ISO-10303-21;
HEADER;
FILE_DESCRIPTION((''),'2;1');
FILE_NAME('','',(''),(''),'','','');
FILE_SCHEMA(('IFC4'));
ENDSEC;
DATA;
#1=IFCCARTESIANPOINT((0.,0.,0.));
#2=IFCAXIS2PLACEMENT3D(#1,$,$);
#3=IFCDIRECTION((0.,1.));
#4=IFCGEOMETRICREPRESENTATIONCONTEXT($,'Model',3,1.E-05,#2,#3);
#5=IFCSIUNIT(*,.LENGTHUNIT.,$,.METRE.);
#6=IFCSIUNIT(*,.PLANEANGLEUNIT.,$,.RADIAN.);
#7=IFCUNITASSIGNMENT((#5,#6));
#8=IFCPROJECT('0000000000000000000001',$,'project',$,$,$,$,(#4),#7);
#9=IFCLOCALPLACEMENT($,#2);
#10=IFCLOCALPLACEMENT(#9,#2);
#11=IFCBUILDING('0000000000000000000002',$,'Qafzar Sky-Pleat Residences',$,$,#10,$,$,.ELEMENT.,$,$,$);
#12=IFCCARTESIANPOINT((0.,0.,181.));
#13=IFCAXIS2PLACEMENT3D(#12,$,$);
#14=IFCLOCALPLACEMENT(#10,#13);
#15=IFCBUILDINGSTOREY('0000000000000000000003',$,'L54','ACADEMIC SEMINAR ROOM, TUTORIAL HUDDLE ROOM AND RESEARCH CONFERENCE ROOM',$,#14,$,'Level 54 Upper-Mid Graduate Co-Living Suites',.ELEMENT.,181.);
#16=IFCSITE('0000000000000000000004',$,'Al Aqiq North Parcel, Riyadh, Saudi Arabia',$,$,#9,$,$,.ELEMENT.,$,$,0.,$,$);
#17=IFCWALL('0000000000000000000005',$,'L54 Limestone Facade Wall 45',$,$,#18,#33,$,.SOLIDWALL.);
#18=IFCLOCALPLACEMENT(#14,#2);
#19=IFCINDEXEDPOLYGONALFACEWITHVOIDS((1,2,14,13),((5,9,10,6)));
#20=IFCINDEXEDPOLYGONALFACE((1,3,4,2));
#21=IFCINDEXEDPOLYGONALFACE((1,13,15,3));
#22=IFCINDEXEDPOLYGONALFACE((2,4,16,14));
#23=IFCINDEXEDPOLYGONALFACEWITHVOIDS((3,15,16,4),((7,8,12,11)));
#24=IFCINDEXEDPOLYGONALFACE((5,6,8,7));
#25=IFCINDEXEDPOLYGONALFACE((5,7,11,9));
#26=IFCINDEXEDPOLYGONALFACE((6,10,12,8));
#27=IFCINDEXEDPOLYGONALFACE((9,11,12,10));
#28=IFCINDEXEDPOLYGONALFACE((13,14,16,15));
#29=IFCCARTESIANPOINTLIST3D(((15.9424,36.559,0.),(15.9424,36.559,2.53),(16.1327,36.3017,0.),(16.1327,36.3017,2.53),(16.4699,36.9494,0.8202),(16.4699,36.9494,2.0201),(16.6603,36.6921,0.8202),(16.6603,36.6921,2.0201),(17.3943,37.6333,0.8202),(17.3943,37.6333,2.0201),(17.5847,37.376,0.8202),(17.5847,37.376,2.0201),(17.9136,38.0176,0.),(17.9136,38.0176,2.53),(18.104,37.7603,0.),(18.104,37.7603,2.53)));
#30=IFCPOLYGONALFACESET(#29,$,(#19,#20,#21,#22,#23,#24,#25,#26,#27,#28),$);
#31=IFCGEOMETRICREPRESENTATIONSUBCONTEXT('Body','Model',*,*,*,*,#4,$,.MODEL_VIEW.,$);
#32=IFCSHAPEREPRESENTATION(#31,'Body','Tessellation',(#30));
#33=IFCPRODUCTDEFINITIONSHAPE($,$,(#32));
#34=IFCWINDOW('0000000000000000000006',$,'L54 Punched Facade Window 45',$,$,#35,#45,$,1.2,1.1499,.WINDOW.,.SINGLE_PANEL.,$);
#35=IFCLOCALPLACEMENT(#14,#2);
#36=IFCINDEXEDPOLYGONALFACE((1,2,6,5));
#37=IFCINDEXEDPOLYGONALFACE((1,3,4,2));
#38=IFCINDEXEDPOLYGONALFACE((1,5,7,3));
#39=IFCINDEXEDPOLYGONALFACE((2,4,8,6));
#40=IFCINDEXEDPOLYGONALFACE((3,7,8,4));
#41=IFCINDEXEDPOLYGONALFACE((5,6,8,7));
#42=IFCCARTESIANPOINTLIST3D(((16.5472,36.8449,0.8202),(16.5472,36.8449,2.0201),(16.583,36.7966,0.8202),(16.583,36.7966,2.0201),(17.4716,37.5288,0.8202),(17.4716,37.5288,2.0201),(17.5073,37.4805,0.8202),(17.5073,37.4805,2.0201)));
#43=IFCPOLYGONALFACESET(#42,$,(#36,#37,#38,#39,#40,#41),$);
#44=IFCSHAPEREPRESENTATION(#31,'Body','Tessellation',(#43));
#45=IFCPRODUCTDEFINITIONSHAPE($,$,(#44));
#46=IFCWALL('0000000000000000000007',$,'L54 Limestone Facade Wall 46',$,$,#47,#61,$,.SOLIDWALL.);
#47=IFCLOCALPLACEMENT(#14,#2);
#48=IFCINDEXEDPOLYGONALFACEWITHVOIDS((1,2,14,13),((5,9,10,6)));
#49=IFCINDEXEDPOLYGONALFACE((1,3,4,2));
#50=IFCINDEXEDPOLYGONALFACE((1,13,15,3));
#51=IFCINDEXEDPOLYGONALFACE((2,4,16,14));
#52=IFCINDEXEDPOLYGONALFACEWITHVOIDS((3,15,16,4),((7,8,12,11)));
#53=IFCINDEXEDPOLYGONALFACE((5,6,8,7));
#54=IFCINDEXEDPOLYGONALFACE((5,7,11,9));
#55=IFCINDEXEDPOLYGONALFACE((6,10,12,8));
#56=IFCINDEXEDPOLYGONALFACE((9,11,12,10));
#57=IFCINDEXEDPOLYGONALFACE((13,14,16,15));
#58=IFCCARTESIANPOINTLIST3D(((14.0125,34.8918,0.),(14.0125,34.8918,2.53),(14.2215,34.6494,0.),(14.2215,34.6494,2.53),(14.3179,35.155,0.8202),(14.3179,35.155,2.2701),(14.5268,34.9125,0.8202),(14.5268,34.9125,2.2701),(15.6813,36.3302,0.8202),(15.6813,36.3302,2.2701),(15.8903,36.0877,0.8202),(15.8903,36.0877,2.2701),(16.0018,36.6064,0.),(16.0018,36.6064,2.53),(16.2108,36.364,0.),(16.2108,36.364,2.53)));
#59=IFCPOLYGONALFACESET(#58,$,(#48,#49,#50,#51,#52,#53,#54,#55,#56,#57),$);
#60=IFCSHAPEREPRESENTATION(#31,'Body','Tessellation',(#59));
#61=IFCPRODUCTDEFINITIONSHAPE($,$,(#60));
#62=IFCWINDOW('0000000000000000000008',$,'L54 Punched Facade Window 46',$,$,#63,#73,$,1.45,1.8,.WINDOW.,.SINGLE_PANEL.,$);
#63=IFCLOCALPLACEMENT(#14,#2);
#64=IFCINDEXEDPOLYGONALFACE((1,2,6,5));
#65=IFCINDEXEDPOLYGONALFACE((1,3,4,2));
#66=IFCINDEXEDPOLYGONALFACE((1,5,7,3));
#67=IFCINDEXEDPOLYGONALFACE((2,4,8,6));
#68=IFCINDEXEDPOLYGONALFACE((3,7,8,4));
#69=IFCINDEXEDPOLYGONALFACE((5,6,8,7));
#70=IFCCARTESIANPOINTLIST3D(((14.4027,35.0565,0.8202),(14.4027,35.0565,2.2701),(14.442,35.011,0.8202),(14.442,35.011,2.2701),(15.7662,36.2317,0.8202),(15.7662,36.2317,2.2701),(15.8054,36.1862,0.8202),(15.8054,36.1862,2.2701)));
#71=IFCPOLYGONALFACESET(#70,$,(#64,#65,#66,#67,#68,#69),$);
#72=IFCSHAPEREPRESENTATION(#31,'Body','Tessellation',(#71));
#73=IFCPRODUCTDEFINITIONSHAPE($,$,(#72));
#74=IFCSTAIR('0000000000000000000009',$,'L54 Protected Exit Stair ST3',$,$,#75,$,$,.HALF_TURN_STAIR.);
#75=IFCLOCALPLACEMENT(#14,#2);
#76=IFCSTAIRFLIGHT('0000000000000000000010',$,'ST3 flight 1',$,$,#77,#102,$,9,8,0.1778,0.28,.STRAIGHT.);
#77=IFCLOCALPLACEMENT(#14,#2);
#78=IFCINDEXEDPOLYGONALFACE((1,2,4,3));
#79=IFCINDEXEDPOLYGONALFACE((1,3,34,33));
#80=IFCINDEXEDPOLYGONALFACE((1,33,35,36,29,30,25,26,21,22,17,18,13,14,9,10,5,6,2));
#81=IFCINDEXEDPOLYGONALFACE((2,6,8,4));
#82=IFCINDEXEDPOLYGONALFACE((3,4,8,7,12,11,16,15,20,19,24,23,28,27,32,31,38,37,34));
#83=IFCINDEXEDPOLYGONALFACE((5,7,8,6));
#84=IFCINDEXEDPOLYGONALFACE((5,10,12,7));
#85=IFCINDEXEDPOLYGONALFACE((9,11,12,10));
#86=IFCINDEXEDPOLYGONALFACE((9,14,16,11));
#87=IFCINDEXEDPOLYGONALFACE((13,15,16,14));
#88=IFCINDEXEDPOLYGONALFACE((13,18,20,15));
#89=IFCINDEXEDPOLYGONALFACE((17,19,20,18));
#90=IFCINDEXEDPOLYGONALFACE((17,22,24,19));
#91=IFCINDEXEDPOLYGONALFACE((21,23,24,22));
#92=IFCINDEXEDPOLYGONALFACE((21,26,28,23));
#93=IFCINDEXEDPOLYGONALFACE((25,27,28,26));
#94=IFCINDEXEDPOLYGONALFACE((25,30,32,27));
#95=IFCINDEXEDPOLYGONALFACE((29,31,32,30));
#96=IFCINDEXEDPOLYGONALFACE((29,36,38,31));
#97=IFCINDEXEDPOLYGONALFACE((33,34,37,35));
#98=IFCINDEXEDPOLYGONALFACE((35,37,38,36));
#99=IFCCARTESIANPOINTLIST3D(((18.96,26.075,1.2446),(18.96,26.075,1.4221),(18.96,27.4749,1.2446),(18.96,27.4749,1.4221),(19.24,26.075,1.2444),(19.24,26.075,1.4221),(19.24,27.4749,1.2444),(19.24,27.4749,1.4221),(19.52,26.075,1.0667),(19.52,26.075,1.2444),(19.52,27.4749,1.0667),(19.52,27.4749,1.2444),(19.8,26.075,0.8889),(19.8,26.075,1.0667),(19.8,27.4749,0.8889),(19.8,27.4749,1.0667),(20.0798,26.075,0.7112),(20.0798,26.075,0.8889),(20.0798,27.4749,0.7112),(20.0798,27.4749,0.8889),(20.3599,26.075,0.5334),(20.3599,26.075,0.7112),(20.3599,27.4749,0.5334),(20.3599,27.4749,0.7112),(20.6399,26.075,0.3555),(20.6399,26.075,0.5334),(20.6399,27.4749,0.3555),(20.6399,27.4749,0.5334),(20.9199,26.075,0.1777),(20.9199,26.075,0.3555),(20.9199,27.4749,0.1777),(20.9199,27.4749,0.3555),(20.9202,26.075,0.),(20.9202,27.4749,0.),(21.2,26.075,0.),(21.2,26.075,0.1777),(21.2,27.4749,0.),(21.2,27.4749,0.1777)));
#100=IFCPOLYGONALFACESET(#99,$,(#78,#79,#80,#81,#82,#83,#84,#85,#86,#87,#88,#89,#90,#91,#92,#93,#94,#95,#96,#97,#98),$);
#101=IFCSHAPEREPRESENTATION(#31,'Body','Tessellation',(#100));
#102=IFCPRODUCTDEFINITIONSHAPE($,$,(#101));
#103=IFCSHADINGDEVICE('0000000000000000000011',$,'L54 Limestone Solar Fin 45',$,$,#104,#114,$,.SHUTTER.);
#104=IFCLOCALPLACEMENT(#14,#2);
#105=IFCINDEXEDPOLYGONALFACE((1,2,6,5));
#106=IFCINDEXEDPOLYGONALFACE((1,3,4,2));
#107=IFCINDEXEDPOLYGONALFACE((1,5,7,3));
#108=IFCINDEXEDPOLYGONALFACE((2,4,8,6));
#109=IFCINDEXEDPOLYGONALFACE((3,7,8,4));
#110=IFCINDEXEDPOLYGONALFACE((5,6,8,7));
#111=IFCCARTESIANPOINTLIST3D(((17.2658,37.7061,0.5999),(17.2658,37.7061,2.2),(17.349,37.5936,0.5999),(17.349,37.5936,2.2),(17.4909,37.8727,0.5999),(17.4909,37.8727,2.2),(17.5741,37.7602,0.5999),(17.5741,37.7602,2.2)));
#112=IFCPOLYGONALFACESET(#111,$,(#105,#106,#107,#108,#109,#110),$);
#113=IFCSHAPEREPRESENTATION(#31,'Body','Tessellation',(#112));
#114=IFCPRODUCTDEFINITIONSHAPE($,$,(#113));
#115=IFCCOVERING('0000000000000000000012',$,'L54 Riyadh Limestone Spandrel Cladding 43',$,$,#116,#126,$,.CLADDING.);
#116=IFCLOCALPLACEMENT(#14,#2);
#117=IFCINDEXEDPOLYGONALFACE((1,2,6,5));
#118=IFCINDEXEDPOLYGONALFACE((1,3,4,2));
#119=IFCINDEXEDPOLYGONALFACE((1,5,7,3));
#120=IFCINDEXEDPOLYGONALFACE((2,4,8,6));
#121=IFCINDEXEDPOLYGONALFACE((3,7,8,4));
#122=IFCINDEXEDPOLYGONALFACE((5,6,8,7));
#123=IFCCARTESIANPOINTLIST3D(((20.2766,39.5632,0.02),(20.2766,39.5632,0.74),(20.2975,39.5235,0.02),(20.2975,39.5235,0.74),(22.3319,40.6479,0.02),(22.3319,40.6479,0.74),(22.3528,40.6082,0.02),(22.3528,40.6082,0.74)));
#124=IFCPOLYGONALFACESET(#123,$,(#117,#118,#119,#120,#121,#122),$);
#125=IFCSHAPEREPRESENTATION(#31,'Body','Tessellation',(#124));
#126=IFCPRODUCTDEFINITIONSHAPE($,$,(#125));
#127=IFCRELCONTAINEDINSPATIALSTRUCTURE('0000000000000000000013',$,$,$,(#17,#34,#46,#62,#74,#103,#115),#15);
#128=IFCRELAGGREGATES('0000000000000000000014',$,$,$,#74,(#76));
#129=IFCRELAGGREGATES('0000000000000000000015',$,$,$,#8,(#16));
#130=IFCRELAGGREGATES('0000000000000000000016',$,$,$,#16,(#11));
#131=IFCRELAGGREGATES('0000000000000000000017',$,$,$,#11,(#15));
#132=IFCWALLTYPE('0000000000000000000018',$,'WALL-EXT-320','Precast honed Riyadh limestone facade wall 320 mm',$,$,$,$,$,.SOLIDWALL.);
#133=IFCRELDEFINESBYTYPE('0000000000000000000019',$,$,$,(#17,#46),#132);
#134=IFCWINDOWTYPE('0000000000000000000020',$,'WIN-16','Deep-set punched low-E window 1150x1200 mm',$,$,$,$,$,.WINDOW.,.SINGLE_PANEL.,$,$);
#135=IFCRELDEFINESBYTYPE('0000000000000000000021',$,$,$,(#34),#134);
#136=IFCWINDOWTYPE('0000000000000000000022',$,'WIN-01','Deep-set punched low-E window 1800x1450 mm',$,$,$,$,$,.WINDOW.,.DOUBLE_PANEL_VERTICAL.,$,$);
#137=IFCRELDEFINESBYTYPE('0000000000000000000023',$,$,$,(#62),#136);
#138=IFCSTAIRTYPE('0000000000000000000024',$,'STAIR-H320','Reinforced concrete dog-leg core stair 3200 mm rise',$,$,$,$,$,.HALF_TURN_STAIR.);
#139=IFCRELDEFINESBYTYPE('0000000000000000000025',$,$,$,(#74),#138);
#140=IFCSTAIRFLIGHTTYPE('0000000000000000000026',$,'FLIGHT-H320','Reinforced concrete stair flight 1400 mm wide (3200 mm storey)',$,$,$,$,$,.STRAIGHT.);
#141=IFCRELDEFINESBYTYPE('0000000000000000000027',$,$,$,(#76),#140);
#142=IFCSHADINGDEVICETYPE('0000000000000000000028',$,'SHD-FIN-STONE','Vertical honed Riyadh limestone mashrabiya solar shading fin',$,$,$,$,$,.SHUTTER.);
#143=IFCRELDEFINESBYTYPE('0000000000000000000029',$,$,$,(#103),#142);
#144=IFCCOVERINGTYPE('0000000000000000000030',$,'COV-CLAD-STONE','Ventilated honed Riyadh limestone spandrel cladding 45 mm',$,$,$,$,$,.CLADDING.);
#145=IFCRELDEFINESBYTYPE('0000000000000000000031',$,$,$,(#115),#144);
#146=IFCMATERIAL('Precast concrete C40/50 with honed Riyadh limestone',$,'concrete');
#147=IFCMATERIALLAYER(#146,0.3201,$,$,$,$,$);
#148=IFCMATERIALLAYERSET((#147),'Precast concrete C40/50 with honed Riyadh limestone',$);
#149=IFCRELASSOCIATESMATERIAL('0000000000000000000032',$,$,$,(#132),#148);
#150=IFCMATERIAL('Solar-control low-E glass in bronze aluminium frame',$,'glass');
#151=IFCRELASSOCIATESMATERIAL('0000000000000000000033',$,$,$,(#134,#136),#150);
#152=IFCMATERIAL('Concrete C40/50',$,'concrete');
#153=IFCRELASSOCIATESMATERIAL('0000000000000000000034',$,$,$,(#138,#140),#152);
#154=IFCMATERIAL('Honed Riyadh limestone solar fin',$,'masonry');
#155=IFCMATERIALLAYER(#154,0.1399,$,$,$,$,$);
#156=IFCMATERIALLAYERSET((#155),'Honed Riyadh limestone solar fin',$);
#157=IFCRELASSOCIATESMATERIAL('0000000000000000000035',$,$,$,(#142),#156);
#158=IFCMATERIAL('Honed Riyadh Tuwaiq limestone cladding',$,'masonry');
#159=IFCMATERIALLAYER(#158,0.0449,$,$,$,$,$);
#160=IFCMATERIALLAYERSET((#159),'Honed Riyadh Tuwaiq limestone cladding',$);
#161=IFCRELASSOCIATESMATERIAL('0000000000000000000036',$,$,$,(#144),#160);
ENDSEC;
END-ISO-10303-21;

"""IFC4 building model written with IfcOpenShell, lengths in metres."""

from ifc_helpers import new_model, si_unit, direction, frame, frame_2d, origin, origin_2d, place, context, subcontext, project, spatial, polyline, rectangle, outline, extrude, source, transform, mapped, material, layer, layer_set, type_object, element, fill, aggregate, save


model = new_model("IFC4")

# Units and contexts
model_context = context("Model", 3, precision=1e-05, world=origin(), true_north=direction((0.0, 1.0)))
body_context = subcontext(model_context, "Body", "Model", "MODEL_VIEW")
ifc_project = project(units=[si_unit("LENGTHUNIT", "METRE"), si_unit("PLANEANGLEUNIT", "RADIAN")], contexts=[model_context])

# Site, building, storey
site_placement = place(None, origin())
site = spatial("IfcSite", under=ifc_project, at=site_placement, Name="Al Aqiq North Parcel, Riyadh, Saudi Arabia", CompositionType="ELEMENT", RefElevation=0.0)
building_placement = place(site_placement, origin())
building = spatial("IfcBuilding", under=site, at=building_placement, Name="Qafzar Sky-Pleat Residences", CompositionType="ELEMENT")
storey_placement = place(building_placement, frame((0.0, 0.0, 181.0)))
storey = spatial("IfcBuildingStorey", under=building, at=storey_placement, Name="L54", Description="ACADEMIC SEMINAR ROOM, TUTORIAL HUDDLE ROOM AND RESEARCH CONFERENCE ROOM", LongName="Level 54 Upper-Mid Graduate Co-Living Suites", CompositionType="ELEMENT", Elevation=181.0)

# Shared definitions
ifc_material_1 = material(Name="Precast concrete C40/50 with honed Riyadh limestone", Category="concrete")
ifc_layer_1 = layer(ifc_material_1, 0.3201)
ifc_layer_set_1 = layer_set([ifc_layer_1], Name="Precast concrete C40/50 with honed Riyadh limestone")
wall_type_1 = type_object("IfcWallType", Name="WALL-EXT-320", Description="Precast honed Riyadh limestone facade wall 320 mm", PredefinedType="SOLIDWALL", material=ifc_layer_set_1)
ifc_material_2 = material(Name="Solar-control low-E glass in bronze aluminium frame", Category="glass")

# Walls, openings, windows
wall_1_placement = place(storey_placement, frame((18.0088, 37.8889, 0.0), z_axis=(0.0, 0.0, 1.0), x_axis=(-0.803878, -0.594794, 0.0)))
wall_1 = element("IfcWall", 1, at=wall_1_placement, inside=storey, type_object=wall_type_1, Name="L54 Limestone Facade Wall 45", PredefinedType="SOLIDWALL", context=body_context, shape_type="SweptSolid", body=[
    extrude(rectangle(XDim=2.4521, YDim=0.3201, at=frame_2d((1.2261, 0.0))), origin(), (0.0, 0.0, 1.0), 2.53),
])
opening_1_placement = place(wall_1_placement, frame((0.646, 0.0, 0.8201)))
opening_1 = element("IfcOpeningElement", 2, at=opening_1_placement, cuts=wall_1, PredefinedType="OPENING", context=body_context, shape_type="SweptSolid", body=[
    extrude(rectangle(XDim=1.1499, YDim=1.2, at=frame_2d((0.575, 0.6001))), frame((0.0, 0.1699, 0.0), z_axis=(0.0, -1.0, 0.0), x_axis=(1.0, 0.0, 0.0)), (0.0, 0.0, 1.0), 0.3401),
])
window_type_1 = type_object("IfcWindowType", Name="WIN-16", Description="Deep-set punched low-E window 1150x1200 mm", PartitioningType="SINGLE_PANEL", PredefinedType="WINDOW", material=ifc_material_2)
shared_shape_1 = source(origin(), body_context, "Body", "SweptSolid", [
    extrude(rectangle(XDim=1.1499, YDim=1.2, at=frame_2d((0.575, 0.6001))), frame((0.0, 0.03, 0.0), z_axis=(0.0, -1.0, 0.0), x_axis=(1.0, 0.0, 0.0)), (0.0, 0.0, 1.0), 0.0601),
])
window_1_placement = place(opening_1_placement, origin())
window_1 = element("IfcWindow", 3, at=window_1_placement, inside=storey, type_object=window_type_1, Name="L54 Punched Facade Window 45", OverallHeight=1.2, OverallWidth=1.1499, PartitioningType="SINGLE_PANEL", PredefinedType="WINDOW", context=body_context, shape_type="MappedRepresentation", body=[
    mapped(shared_shape_1, transform((0.0, 0.0, 0.0), x_axis=(1.0, 0.0, 0.0), y_axis=(0.0, 1.0, 0.0), z_axis=(0.0, 0.0, 1.0), scale=1.0)),
])
fill(opening_1, window_1)
wall_2_placement = place(storey_placement, frame((16.1062, 36.4851, 0.0), z_axis=(0.0, 0.0, 1.0), x_axis=(-0.757462, -0.652879, 0.0)))
wall_2 = element("IfcWall", 4, at=wall_2_placement, inside=storey, type_object=wall_type_1, Name="L54 Limestone Facade Wall 46", PredefinedType="SOLIDWALL", context=body_context, shape_type="SweptSolid", body=[
    extrude(rectangle(XDim=2.6262, YDim=0.3201, at=frame_2d((1.313, 0.0))), origin(), (0.0, 0.0, 1.0), 2.53),
])
opening_2_placement = place(wall_2_placement, frame((0.4231, 0.0, 0.8201)))
opening_2 = element("IfcOpeningElement", 5, at=opening_2_placement, cuts=wall_2, PredefinedType="OPENING", context=body_context, shape_type="SweptSolid", body=[
    extrude(rectangle(XDim=1.8, YDim=1.45, at=frame_2d((0.8999, 0.7251))), frame((0.0, 0.1699, 0.0), z_axis=(0.0, -1.0, 0.0), x_axis=(1.0, 0.0, 0.0)), (0.0, 0.0, 1.0), 0.3401),
])
window_type_2 = type_object("IfcWindowType", Name="WIN-01", Description="Deep-set punched low-E window 1800x1450 mm", PartitioningType="DOUBLE_PANEL_VERTICAL", PredefinedType="WINDOW", material=ifc_material_2)
shared_shape_2 = source(origin(), body_context, "Body", "SweptSolid", [
    extrude(rectangle(XDim=1.8, YDim=1.45, at=frame_2d((0.8999, 0.7251))), frame((0.0, 0.03, 0.0), z_axis=(0.0, -1.0, 0.0), x_axis=(1.0, 0.0, 0.0)), (0.0, 0.0, 1.0), 0.0601),
])
window_2_placement = place(opening_2_placement, origin())
window_2 = element("IfcWindow", 6, at=window_2_placement, inside=storey, type_object=window_type_2, Name="L54 Punched Facade Window 46", OverallHeight=1.45, OverallWidth=1.8, PartitioningType="SINGLE_PANEL", PredefinedType="WINDOW", context=body_context, shape_type="MappedRepresentation", body=[
    mapped(shared_shape_2, transform((0.0, 0.0, 0.0), x_axis=(1.0, 0.0, 0.0), y_axis=(0.0, 1.0, 0.0), z_axis=(0.0, 0.0, 1.0), scale=1.0)),
])
fill(opening_2, window_2)

# Stair, stair flight
ifc_material_3 = material(Name="Concrete C40/50", Category="concrete")
stair_type = type_object("IfcStairType", Name="STAIR-H320", Description="Reinforced concrete dog-leg core stair 3200 mm rise", PredefinedType="HALF_TURN_STAIR", material=ifc_material_3)
stair_placement = place(storey_placement, origin())
stair = element("IfcStair", 7, at=stair_placement, inside=storey, type_object=stair_type, Name="L54 Protected Exit Stair ST3", PredefinedType="HALF_TURN_STAIR")
stair_flight_type = type_object("IfcStairFlightType", Name="FLIGHT-H320", Description="Reinforced concrete stair flight 1400 mm wide (3200 mm storey)", PredefinedType="STRAIGHT", material=ifc_material_3)
shared_shape_3 = source(origin(), body_context, "Body", "SweptSolid", [
    extrude(outline(polyline([(0.0, 0.0), (0.0, 0.1777), (0.28, 0.1777), (0.28, 0.3555), (0.5601, 0.3555), (0.5601, 0.5334), (0.8401, 0.5334), (0.8401, 0.7112), (1.1201, 0.7112), (1.1201, 0.8889), (1.3999, 0.8889), (1.3999, 1.0667), (1.6799, 1.0667), (1.6799, 1.2444), (1.96, 1.2444), (1.96, 1.4221), (2.24, 1.4221), (2.24, 1.6001), (2.24, 1.2446), (0.2798, 0.0), (0.0, 0.0)])), frame((0.0, 0.7, 0.0), z_axis=(0.0, -1.0, 0.0), x_axis=(1.0, 0.0, 0.0)), (0.0, 0.0, 1.0), 1.3999),
])
stair_flight_placement = place(storey_placement, frame((21.2, 26.7749, 0.0), z_axis=(0.0, 0.0, 1.0), x_axis=(-1.0, 0.0, 0.0)))
stair_flight = element("IfcStairFlight", 8, at=stair_flight_placement, type_object=stair_flight_type, Name="ST3 flight 1", NumberOfRisers=9, NumberOfTreads=8, PredefinedType="STRAIGHT", RiserHeight=0.1778, TreadLength=0.28, context=body_context, shape_type="MappedRepresentation", body=[
    mapped(shared_shape_3, transform((0.0, 0.0, 0.0), x_axis=(1.0, 0.0, 0.0), y_axis=(0.0, 1.0, 0.0), z_axis=(0.0, 0.0, 1.0), scale=1.0)),
])
aggregate(stair, [stair_flight])

# Shading device
ifc_material_4 = material(Name="Honed Riyadh limestone solar fin", Category="masonry")
ifc_layer_2 = layer(ifc_material_4, 0.1399)
ifc_layer_set_2 = layer_set([ifc_layer_2], Name="Honed Riyadh limestone solar fin")
shading_device_type = type_object("IfcShadingDeviceType", Name="SHD-FIN-STONE", Description="Vertical honed Riyadh limestone mashrabiya solar shading fin", PredefinedType="SHUTTER", material=ifc_layer_set_2)
shared_shape_4 = source(origin(), body_context, "Body", "SweptSolid", [
    extrude(rectangle(XDim=0.1399, YDim=0.28, at=origin_2d()), origin(), (0.0, 0.0, 1.0), 1.6001),
])
shading_device_placement = place(storey_placement, frame((17.4199, 37.7332, 0.5999), z_axis=(0.0, 0.0, 1.0), x_axis=(-0.59487, 0.803822, 0.0)))
element("IfcShadingDevice", 9, at=shading_device_placement, inside=storey, type_object=shading_device_type, Name="L54 Limestone Solar Fin 45", PredefinedType="SHUTTER", context=body_context, shape_type="MappedRepresentation", body=[
    mapped(shared_shape_4, transform((0.0, 0.0, 0.0), x_axis=(1.0, 0.0, 0.0), y_axis=(0.0, 1.0, 0.0), z_axis=(0.0, 0.0, 1.0), scale=1.0)),
])

# Covering
ifc_material_5 = material(Name="Honed Riyadh Tuwaiq limestone cladding", Category="masonry")
ifc_layer_3 = layer(ifc_material_5, 0.0449)
ifc_layer_set_3 = layer_set([ifc_layer_3], Name="Honed Riyadh Tuwaiq limestone cladding")
covering_type = type_object("IfcCoveringType", Name="COV-CLAD-STONE", Description="Ventilated honed Riyadh limestone spandrel cladding 45 mm", PredefinedType="CLADDING", material=ifc_layer_set_3)
shared_shape_5 = source(origin(), body_context, "Body", "SweptSolid", [
    extrude(rectangle(XDim=2.324, YDim=0.0449, at=origin_2d()), origin(), (0.0, 0.0, 1.0), 0.72),
])
covering_placement = place(storey_placement, frame((21.3147, 40.0857, 0.02), z_axis=(0.0, 0.0, 1.0), x_axis=(-0.884383, -0.466763, 0.0)))
element("IfcCovering", 10, at=covering_placement, inside=storey, type_object=covering_type, Name="L54 Riyadh Limestone Spandrel Cladding 43", PredefinedType="CLADDING", context=body_context, shape_type="MappedRepresentation", body=[
    mapped(shared_shape_5, transform((0.0, 0.0, 0.0), x_axis=(1.0, 0.0, 0.0), y_axis=(0.0, 1.0, 0.0), z_axis=(0.0, 0.0, 1.0), scale=1.0)),
])

save(model, "model.ifc")
